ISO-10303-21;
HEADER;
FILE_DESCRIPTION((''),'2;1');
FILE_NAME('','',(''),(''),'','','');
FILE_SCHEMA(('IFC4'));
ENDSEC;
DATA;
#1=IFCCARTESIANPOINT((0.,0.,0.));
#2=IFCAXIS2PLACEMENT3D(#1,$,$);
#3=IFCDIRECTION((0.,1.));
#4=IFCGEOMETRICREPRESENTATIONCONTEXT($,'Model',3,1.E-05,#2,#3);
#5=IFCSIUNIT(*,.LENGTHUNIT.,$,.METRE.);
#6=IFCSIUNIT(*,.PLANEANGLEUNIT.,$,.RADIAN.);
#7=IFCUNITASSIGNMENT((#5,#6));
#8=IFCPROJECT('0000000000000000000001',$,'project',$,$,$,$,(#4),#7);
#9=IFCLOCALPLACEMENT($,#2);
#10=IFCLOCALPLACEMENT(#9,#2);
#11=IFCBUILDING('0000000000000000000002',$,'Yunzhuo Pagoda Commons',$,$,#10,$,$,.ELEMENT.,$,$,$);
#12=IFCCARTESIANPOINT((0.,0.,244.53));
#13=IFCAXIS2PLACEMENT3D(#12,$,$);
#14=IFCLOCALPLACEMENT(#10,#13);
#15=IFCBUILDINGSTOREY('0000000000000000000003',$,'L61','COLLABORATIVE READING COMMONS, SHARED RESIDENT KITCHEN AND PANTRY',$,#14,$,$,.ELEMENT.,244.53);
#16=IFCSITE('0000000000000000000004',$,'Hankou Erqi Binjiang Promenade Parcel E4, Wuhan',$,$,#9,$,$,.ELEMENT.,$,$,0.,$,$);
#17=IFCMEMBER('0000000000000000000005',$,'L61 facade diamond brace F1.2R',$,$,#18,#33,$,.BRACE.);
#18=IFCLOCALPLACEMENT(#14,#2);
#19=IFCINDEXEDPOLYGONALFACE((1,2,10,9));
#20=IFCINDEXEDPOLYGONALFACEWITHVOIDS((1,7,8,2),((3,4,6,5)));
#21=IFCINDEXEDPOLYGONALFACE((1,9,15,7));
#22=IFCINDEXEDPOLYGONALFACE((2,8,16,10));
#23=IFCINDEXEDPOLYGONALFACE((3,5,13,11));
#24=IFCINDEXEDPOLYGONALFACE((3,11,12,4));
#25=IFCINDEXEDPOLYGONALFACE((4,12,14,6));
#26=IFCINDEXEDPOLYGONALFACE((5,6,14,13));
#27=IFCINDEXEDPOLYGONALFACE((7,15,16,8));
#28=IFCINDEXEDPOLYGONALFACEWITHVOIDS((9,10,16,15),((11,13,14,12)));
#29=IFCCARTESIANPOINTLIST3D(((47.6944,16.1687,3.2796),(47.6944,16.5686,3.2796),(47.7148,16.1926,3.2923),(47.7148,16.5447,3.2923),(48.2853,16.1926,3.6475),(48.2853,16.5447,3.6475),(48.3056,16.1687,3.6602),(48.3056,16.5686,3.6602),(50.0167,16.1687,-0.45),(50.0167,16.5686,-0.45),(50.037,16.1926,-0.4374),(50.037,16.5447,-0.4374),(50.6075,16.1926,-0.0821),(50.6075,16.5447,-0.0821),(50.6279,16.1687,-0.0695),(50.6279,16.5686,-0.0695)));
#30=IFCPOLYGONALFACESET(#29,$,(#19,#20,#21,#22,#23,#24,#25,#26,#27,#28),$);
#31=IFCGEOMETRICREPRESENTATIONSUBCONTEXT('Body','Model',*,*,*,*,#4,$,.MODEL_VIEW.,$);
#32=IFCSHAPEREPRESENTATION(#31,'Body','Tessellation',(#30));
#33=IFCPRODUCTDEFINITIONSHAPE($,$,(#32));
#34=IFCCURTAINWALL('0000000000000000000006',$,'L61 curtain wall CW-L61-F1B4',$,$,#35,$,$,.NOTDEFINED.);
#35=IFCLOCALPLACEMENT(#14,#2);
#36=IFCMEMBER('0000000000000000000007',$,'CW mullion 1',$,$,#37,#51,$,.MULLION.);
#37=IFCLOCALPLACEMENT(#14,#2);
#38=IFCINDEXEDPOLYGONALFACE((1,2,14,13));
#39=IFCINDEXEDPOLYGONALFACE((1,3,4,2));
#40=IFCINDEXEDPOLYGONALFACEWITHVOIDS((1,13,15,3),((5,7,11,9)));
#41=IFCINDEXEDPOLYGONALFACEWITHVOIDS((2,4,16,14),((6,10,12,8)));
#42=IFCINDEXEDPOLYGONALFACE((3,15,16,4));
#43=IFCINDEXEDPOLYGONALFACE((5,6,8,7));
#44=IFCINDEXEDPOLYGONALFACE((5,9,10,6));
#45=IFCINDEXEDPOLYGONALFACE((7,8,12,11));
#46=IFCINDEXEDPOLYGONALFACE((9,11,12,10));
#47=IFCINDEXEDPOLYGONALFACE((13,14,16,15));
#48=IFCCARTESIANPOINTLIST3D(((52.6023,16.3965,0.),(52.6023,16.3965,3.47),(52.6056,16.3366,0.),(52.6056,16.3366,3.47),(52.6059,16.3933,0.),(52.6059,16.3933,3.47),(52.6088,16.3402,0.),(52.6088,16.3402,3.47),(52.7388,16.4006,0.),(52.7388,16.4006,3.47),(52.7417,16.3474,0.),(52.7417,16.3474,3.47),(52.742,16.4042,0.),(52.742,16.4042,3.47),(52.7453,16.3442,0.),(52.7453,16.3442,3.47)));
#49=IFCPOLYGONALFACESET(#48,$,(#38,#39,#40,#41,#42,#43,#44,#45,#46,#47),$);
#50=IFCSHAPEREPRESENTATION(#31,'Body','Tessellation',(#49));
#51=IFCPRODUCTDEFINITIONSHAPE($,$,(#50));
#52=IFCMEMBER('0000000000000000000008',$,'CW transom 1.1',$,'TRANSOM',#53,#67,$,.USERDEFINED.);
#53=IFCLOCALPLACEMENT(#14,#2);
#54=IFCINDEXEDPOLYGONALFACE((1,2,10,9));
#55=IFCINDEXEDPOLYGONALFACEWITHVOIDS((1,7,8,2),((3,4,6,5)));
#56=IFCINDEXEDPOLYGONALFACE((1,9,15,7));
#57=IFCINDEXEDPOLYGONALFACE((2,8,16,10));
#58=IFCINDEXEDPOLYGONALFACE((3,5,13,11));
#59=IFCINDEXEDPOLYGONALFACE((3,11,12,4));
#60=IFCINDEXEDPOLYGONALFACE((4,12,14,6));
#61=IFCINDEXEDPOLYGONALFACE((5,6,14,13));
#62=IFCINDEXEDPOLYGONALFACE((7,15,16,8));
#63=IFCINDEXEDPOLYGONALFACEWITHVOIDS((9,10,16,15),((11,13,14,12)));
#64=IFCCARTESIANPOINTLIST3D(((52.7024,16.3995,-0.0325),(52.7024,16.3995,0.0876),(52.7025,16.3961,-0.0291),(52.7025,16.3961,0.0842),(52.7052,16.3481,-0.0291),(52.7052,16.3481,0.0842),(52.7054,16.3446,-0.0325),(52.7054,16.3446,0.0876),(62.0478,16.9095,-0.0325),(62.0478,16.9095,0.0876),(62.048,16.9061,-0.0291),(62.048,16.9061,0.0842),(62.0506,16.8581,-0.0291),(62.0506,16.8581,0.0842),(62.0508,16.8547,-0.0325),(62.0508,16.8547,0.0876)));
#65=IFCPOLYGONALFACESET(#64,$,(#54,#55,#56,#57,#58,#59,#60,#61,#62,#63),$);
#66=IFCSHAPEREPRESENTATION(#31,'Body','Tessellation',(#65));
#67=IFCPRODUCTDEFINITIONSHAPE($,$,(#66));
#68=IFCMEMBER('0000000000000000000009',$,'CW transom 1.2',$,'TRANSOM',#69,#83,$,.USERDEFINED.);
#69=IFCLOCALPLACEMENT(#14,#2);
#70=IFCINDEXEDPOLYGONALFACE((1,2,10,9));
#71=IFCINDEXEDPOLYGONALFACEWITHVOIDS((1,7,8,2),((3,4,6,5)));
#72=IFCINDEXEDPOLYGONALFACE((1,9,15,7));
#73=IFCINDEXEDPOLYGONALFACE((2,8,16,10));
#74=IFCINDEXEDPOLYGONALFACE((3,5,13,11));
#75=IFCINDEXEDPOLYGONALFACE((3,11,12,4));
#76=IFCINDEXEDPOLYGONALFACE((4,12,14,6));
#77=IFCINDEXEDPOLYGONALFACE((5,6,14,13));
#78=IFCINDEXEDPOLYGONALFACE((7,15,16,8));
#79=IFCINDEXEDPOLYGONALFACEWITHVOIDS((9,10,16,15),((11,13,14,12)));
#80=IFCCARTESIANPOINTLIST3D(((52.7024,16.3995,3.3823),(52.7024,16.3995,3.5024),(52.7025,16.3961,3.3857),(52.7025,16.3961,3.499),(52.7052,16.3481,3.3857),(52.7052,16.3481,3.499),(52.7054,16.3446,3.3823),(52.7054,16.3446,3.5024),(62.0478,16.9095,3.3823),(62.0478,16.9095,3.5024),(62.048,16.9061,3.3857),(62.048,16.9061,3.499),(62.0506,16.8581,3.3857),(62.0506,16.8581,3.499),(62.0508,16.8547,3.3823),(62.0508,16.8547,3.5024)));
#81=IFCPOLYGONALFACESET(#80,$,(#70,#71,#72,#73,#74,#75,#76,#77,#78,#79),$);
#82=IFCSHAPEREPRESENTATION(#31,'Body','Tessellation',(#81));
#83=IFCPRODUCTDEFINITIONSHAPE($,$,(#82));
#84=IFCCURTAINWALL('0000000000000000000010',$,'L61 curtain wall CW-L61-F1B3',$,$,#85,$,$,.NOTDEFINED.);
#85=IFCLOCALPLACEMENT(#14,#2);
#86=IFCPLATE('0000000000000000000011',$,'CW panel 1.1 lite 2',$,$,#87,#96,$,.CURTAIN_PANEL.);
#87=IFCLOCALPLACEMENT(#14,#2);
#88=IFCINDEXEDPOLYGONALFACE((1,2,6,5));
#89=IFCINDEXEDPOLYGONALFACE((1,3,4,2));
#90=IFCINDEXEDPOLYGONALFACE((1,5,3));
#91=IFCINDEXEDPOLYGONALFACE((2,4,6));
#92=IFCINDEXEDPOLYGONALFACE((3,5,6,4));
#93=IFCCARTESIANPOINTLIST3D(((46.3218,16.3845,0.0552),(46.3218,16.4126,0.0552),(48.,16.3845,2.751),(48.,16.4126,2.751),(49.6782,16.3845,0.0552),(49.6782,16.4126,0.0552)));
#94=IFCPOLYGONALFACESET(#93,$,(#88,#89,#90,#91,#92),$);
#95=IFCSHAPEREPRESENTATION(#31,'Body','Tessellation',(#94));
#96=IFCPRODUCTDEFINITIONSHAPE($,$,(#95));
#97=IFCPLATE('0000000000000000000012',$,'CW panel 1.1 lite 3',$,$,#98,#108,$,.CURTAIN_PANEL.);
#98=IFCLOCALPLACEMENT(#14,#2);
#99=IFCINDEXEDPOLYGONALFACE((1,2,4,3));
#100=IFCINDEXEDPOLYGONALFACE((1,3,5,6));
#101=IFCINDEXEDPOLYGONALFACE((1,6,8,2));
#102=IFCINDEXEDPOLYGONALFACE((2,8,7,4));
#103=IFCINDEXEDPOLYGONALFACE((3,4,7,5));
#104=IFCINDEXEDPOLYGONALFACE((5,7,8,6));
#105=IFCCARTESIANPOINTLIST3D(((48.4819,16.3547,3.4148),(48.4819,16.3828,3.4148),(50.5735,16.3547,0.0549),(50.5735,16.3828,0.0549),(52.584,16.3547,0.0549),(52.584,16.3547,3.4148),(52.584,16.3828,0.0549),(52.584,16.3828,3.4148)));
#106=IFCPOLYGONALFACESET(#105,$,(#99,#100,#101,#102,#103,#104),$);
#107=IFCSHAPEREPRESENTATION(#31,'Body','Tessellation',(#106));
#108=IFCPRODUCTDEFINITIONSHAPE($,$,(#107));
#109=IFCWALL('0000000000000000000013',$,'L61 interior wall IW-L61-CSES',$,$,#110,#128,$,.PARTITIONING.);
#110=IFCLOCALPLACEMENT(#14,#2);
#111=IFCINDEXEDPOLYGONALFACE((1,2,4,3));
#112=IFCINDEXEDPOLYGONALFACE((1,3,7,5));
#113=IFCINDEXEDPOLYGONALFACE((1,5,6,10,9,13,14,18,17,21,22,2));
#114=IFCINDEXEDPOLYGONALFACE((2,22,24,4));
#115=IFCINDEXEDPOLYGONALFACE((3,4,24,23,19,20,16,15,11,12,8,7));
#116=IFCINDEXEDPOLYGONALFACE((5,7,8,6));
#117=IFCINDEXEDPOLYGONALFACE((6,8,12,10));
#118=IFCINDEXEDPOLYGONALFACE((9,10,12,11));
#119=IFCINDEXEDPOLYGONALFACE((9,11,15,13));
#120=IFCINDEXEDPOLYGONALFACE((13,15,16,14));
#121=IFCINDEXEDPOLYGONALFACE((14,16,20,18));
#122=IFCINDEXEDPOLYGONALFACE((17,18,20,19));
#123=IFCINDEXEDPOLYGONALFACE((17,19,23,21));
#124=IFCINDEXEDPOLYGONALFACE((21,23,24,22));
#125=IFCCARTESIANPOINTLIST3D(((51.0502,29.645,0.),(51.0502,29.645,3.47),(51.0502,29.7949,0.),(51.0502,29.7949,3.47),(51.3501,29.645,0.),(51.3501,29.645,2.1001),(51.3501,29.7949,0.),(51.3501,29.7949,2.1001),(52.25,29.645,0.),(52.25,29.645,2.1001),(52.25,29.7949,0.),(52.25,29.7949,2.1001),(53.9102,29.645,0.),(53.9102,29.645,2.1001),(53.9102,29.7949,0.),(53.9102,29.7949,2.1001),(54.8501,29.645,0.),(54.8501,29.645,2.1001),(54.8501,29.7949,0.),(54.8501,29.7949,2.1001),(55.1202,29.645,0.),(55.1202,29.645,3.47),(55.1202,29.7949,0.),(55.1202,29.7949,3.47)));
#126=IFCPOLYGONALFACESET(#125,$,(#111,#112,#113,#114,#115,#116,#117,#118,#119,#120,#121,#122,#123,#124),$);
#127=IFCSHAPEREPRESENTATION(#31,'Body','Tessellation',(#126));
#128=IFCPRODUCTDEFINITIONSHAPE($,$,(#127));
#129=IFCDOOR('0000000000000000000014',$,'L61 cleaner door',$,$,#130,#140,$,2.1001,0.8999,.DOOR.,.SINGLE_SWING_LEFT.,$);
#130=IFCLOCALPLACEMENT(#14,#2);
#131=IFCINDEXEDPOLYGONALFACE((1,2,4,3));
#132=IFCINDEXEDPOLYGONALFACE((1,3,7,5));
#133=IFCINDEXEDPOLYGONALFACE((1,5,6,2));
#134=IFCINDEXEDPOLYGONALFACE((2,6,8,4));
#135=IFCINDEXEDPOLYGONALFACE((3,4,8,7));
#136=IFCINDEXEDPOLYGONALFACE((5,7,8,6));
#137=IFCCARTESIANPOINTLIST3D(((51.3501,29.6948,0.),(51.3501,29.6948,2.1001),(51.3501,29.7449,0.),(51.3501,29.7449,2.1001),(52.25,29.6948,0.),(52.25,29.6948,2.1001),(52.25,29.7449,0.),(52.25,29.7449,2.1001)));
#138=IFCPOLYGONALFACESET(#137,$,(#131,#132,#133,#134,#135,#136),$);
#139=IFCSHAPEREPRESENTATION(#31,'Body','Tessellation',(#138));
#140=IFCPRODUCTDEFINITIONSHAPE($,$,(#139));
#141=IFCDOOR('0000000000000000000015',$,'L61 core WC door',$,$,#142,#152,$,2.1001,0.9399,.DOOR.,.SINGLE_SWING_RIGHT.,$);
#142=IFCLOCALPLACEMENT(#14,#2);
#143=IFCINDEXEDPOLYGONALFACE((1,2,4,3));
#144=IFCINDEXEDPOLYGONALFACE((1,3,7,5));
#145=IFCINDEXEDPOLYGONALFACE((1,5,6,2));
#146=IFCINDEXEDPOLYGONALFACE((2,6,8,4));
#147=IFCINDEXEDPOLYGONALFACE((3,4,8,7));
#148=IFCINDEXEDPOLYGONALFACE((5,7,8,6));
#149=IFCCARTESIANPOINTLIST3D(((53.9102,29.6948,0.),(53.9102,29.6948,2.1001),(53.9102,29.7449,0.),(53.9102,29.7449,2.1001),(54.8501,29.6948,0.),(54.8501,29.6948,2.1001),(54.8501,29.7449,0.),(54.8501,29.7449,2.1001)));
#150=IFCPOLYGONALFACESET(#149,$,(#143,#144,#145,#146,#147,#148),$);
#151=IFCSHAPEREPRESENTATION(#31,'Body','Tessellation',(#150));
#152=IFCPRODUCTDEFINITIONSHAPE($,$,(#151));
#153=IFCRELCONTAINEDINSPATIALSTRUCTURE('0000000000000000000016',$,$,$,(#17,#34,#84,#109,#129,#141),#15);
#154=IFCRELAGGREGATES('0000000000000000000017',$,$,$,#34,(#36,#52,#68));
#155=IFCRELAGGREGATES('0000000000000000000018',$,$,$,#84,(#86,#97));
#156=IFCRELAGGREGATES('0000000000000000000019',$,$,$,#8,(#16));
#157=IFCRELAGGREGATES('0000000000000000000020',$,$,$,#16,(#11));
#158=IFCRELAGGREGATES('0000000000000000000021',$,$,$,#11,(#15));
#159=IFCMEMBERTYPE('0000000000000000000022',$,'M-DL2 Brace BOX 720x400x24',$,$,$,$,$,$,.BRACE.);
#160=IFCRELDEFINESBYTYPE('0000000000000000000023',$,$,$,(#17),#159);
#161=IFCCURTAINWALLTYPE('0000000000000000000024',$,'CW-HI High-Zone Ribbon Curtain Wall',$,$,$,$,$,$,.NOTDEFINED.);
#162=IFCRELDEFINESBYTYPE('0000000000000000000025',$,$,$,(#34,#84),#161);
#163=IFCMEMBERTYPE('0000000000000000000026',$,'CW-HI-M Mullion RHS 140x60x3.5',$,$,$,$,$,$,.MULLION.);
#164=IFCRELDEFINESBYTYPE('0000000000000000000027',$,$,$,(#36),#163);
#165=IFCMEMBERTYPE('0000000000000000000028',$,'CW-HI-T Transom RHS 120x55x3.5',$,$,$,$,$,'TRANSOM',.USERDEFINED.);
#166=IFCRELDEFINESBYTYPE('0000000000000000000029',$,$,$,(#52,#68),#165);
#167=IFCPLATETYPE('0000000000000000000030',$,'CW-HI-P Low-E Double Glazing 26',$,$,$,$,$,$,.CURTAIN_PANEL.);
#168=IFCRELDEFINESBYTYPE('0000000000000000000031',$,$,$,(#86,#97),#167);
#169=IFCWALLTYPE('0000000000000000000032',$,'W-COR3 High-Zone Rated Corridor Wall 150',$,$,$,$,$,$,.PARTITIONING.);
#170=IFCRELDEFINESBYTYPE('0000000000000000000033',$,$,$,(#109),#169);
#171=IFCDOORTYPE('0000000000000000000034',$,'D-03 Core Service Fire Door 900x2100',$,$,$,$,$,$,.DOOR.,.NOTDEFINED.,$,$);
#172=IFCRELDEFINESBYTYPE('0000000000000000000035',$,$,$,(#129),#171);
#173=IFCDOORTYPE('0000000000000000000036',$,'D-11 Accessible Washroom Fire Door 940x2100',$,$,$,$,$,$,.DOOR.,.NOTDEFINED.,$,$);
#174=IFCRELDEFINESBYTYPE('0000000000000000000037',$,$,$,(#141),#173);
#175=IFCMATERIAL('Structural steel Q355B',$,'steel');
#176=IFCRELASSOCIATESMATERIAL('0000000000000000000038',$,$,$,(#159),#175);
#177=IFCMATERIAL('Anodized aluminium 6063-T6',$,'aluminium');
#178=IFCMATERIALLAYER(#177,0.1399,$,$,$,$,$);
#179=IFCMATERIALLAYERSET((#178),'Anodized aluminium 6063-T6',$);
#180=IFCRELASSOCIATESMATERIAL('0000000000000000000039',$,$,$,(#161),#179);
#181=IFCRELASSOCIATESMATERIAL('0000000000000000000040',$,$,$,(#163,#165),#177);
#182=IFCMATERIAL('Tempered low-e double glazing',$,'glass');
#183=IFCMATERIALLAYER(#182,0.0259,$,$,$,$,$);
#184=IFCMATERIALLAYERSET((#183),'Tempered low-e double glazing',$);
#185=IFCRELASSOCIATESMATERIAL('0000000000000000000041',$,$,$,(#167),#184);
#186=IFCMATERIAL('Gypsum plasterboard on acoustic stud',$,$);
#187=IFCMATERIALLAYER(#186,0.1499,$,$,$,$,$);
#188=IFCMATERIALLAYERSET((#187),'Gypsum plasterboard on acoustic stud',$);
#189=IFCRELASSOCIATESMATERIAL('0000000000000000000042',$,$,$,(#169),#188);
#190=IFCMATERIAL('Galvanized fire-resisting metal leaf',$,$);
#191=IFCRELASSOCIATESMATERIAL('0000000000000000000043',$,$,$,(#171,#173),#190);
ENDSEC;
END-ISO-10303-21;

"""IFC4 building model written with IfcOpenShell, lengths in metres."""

from ifc_helpers import new_model, si_unit, direction, frame, frame_2d, origin, origin_with_axes, origin_2d, place, context, subcontext, project, spatial, polyline, rectangle, hollow_rectangle, outline, extrude, source, transform, mapped, material, layer, layer_set, material_profile, profile_set, type_object, element, fill, aggregate, save


model = new_model("IFC4")

# Units and contexts
model_context = context("Model", 3, precision=1e-05, world=origin(), true_north=direction((0.0, 1.0)))
body_context = subcontext(model_context, "Body", "Model", "MODEL_VIEW")
ifc_project = project(units=[si_unit("LENGTHUNIT", "METRE"), si_unit("PLANEANGLEUNIT", "RADIAN")], contexts=[model_context])

# Site, building, storey
site_placement = place(None, origin())
site = spatial("IfcSite", under=ifc_project, at=site_placement, Name="Hankou Erqi Binjiang Promenade Parcel E4, Wuhan", CompositionType="ELEMENT", RefElevation=0.0)
building_placement = place(site_placement, origin())
building = spatial("IfcBuilding", under=site, at=building_placement, Name="Yunzhuo Pagoda Commons", CompositionType="ELEMENT")
storey_placement = place(building_placement, frame((0.0, 0.0, 244.53)))
storey = spatial("IfcBuildingStorey", under=building, at=storey_placement, Name="L61", Description="COLLABORATIVE READING COMMONS, SHARED RESIDENT KITCHEN AND PANTRY", CompositionType="ELEMENT", Elevation=244.53)

# Shared definitions
ifc_material_1 = material(Name="Structural steel Q355B", Category="steel")

# Member
ifc_material_profile_1 = material_profile(ifc_material_1, hollow_rectangle(XDim=0.3999, YDim=0.72, WallThickness=0.0239, at=origin_2d()), Name="Structural steel Q355B")
ifc_profile_set_1 = profile_set([ifc_material_profile_1], Name="Structural steel Q355B")
member_type_1 = type_object("IfcMemberType", Name="M-DL2 Brace BOX 720x400x24", PredefinedType="BRACE", material=ifc_profile_set_1)
shared_shape_1 = source(origin(), body_context, "Body", "SweptSolid", [
    extrude(hollow_rectangle(XDim=0.3999, YDim=0.72, WallThickness=0.0239, at=origin_2d()), origin(), (0.0, 0.0, 1.0), 4.3936),
])
member_1_placement = place(storey_placement, frame((50.3223, 16.3687, -0.2598), z_axis=(-0.528555, 0.0, 0.848899), x_axis=(0.0, -1.0, 0.0)))
element("IfcMember", 1, at=member_1_placement, inside=storey, type_object=member_type_1, Name="L61 facade diamond brace F1.2R", PredefinedType="BRACE", context=body_context, shape_type="MappedRepresentation", body=[
    mapped(shared_shape_1, transform((0.0, 0.0, 0.0), scale=1.0)),
])

# Curtain wall, members
ifc_material_2 = material(Name="Anodized aluminium 6063-T6", Category="aluminium")
ifc_layer_1 = layer(ifc_material_2, 0.1399)
ifc_layer_set_1 = layer_set([ifc_layer_1], Name="Anodized aluminium 6063-T6")
curtain_wall_type = type_object("IfcCurtainWallType", Name="CW-HI High-Zone Ribbon Curtain Wall", PredefinedType="NOTDEFINED", material=ifc_layer_set_1)
curtain_wall_1_placement = place(storey_placement, origin())
curtain_wall_1 = element("IfcCurtainWall", 2, at=curtain_wall_1_placement, inside=storey, type_object=curtain_wall_type, Name="L61 curtain wall CW-L61-F1B4", PredefinedType="NOTDEFINED")
ifc_material_profile_2 = material_profile(ifc_material_2, hollow_rectangle(XDim=0.0601, YDim=0.1399, WallThickness=0.0034, at=origin_2d()), Name="Anodized aluminium 6063-T6")
ifc_profile_set_2 = profile_set([ifc_material_profile_2], Name="Anodized aluminium 6063-T6")
member_type_2 = type_object("IfcMemberType", Name="CW-HI-M Mullion RHS 140x60x3.5", PredefinedType="MULLION", material=ifc_profile_set_2)
shared_shape_2 = source(origin(), body_context, "Body", "SweptSolid", [
    extrude(hollow_rectangle(XDim=0.0601, YDim=0.1399, WallThickness=0.0034, at=origin_2d()), origin(), (0.0, 0.0, 1.0), 3.47),
])
member_2_placement = place(storey_placement, frame((52.6738, 16.3704, 0.0), z_axis=(0.0, 0.0, 1.0), x_axis=(-0.054497, 0.998514, 0.0)))
member_2 = element("IfcMember", 3, at=member_2_placement, type_object=member_type_2, Name="CW mullion 1", PredefinedType="MULLION", context=body_context, shape_type="MappedRepresentation", body=[
    mapped(shared_shape_2, transform((0.0, 0.0, 0.0), scale=1.0)),
])
ifc_material_profile_3 = material_profile(ifc_material_2, hollow_rectangle(XDim=0.0549, YDim=0.1201, WallThickness=0.0034, at=origin_2d()), Name="Anodized aluminium 6063-T6")
ifc_profile_set_3 = profile_set([ifc_material_profile_3], Name="Anodized aluminium 6063-T6")
member_type_3 = type_object("IfcMemberType", Name="CW-HI-T Transom RHS 120x55x3.5", ElementType="TRANSOM", PredefinedType="USERDEFINED", material=ifc_profile_set_3)
shared_shape_3 = source(origin(), body_context, "Body", "SweptSolid", [
    extrude(hollow_rectangle(XDim=0.0549, YDim=0.1201, WallThickness=0.0034, at=origin_2d()), origin(), (0.0, 0.0, 1.0), 9.3594),
])
member_3_placement = place(storey_placement, frame((52.7039, 16.3721, 0.0276), z_axis=(0.998514, 0.054492, 0.0), x_axis=(-0.054492, 0.998514, 0.0)))
member_3 = element("IfcMember", 4, at=member_3_placement, type_object=member_type_3, Name="CW transom 1.1", ObjectType="TRANSOM", PredefinedType="USERDEFINED", context=body_context, shape_type="MappedRepresentation", body=[
    mapped(shared_shape_3, transform((0.0, 0.0, 0.0), scale=1.0)),
])
member_4_placement = place(storey_placement, frame((52.7039, 16.3721, 3.4424), z_axis=(0.998514, 0.054492, 0.0), x_axis=(-0.054492, 0.998514, 0.0)))
member_4 = element("IfcMember", 5, at=member_4_placement, type_object=member_type_3, Name="CW transom 1.2", ObjectType="TRANSOM", PredefinedType="USERDEFINED", context=body_context, shape_type="MappedRepresentation", body=[
    mapped(shared_shape_3, transform((0.0, 0.0, 0.0), scale=1.0)),
])
aggregate(curtain_wall_1, [member_2, member_3, member_4])

# Curtain wall, plates
curtain_wall_2_placement = place(storey_placement, origin())
curtain_wall_2 = element("IfcCurtainWall", 6, at=curtain_wall_2_placement, inside=storey, type_object=curtain_wall_type, Name="L61 curtain wall CW-L61-F1B3", PredefinedType="NOTDEFINED")
ifc_material_3 = material(Name="Tempered low-e double glazing", Category="glass")
ifc_layer_2 = layer(ifc_material_3, 0.0259)
ifc_layer_set_2 = layer_set([ifc_layer_2], Name="Tempered low-e double glazing")
plate_type = type_object("IfcPlateType", Name="CW-HI-P Low-E Double Glazing 26", PredefinedType="CURTAIN_PANEL", material=ifc_layer_set_2)
plate_1_placement = place(storey_placement, frame((48.0, 16.4126, 1.4031), z_axis=(0.0, -1.0, 0.0), x_axis=(1.0, 0.0, 0.0)))
plate_1 = element("IfcPlate", 7, at=plate_1_placement, type_object=plate_type, Name="CW panel 1.1 lite 2", PredefinedType="CURTAIN_PANEL", context=body_context, shape_type="SweptSolid", body=[
    extrude(outline(polyline([(-1.6782, -1.3479), (1.6782, -1.3479), (0.0, 1.3479), (-1.6782, -1.3479)])), origin(), (0.0, 0.0, 1.0), 0.0281),
])
plate_2_placement = place(storey_placement, frame((50.533, 16.3828, 1.7349), z_axis=(0.0, -1.0, 0.0), x_axis=(1.0, 0.0, 0.0)))
plate_2 = element("IfcPlate", 8, at=plate_2_placement, type_object=plate_type, Name="CW panel 1.1 lite 3", PredefinedType="CURTAIN_PANEL", context=body_context, shape_type="SweptSolid", body=[
    extrude(outline(polyline([(-2.051, 1.6799), (0.0405, -1.6799), (2.051, -1.6799), (2.051, 1.6799), (-2.051, 1.6799)])), origin(), (0.0, 0.0, 1.0), 0.0281),
])
aggregate(curtain_wall_2, [plate_1, plate_2])

# Wall, openings, doors
ifc_material_4 = material(Name="Gypsum plasterboard on acoustic stud")
ifc_layer_3 = layer(ifc_material_4, 0.1499)
ifc_layer_set_3 = layer_set([ifc_layer_3], Name="Gypsum plasterboard on acoustic stud")
wall_type_1 = type_object("IfcWallType", Name="W-COR3 High-Zone Rated Corridor Wall 150", PredefinedType="PARTITIONING", material=ifc_layer_set_3)
wall_1_placement = place(storey_placement, frame((51.05, 29.72, 0.0), z_axis=(0.0, 0.0, 1.0), x_axis=(1.0, 0.0, 0.0)))
wall_1 = element("IfcWall", 9, at=wall_1_placement, inside=storey, type_object=wall_type_1, Name="L61 interior wall IW-L61-CSES", PredefinedType="PARTITIONING", context=body_context, shape_type="SweptSolid", body=[
    extrude(rectangle(XDim=4.0701, YDim=0.1499, at=frame_2d((2.0352, 0.0))), origin(), (0.0, 0.0, 1.0), 3.47),
])
opening_1_placement = place(wall_1_placement, frame((0.3, 0.0, 0.0)))
opening_1 = element("IfcOpeningElement", 10, at=opening_1_placement, cuts=wall_1, PredefinedType="OPENING", context=body_context, shape_type="SweptSolid", body=[
    extrude(rectangle(XDim=0.8999, YDim=2.1001, at=frame_2d((0.45, 1.05))), frame((0.0, 0.085, 0.0), z_axis=(0.0, -1.0, 0.0), x_axis=(1.0, 0.0, 0.0)), (0.0, 0.0, 1.0), 0.1699),
])
opening_2_placement = place(wall_1_placement, frame((2.8601, 0.0, 0.0)))
opening_2 = element("IfcOpeningElement", 11, at=opening_2_placement, cuts=wall_1, PredefinedType="OPENING", context=body_context, shape_type="SweptSolid", body=[
    extrude(rectangle(XDim=0.9399, YDim=2.1001, at=frame_2d((0.47, 1.05))), frame((0.0, 0.085, 0.0), z_axis=(0.0, -1.0, 0.0), x_axis=(1.0, 0.0, 0.0)), (0.0, 0.0, 1.0), 0.1699),
])
ifc_material_5 = material(Name="Galvanized fire-resisting metal leaf")
door_type_1 = type_object("IfcDoorType", Name="D-03 Core Service Fire Door 900x2100", OperationType="NOTDEFINED", PredefinedType="DOOR", material=ifc_material_5)
shared_shape_4 = source(origin(), body_context, "Body", "SweptSolid", [
    extrude(rectangle(XDim=0.8999, YDim=2.1001, at=frame_2d((0.45, 1.05))), frame((0.0, 0.0249, 0.0), z_axis=(0.0, -1.0, 0.0), x_axis=(1.0, 0.0, 0.0)), (0.0, 0.0, 1.0), 0.05),
])
door_1_placement = place(opening_1_placement, origin_with_axes())
door_1 = element("IfcDoor", 12, at=door_1_placement, inside=storey, type_object=door_type_1, Name="L61 cleaner door", OperationType="SINGLE_SWING_LEFT", OverallHeight=2.1001, OverallWidth=0.8999, PredefinedType="DOOR", context=body_context, shape_type="MappedRepresentation", body=[
    mapped(shared_shape_4, transform((0.0, 0.0, 0.0), scale=1.0)),
])
fill(opening_1, door_1)
door_type_2 = type_object("IfcDoorType", Name="D-11 Accessible Washroom Fire Door 940x2100", OperationType="NOTDEFINED", PredefinedType="DOOR", material=ifc_material_5)
shared_shape_5 = source(origin(), body_context, "Body", "SweptSolid", [
    extrude(rectangle(XDim=0.9399, YDim=2.1001, at=frame_2d((0.47, 1.05))), frame((0.0, 0.0249, 0.0), z_axis=(0.0, -1.0, 0.0), x_axis=(1.0, 0.0, 0.0)), (0.0, 0.0, 1.0), 0.05),
])
door_2_placement = place(opening_2_placement, origin_with_axes())
door_2 = element("IfcDoor", 13, at=door_2_placement, inside=storey, type_object=door_type_2, Name="L61 core WC door", OperationType="SINGLE_SWING_RIGHT", OverallHeight=2.1001, OverallWidth=0.9399, PredefinedType="DOOR", context=body_context, shape_type="MappedRepresentation", body=[
    mapped(shared_shape_5, transform((0.0, 0.0, 0.0), scale=1.0)),
])
fill(opening_2, door_2)

save(model, "model.ifc")
